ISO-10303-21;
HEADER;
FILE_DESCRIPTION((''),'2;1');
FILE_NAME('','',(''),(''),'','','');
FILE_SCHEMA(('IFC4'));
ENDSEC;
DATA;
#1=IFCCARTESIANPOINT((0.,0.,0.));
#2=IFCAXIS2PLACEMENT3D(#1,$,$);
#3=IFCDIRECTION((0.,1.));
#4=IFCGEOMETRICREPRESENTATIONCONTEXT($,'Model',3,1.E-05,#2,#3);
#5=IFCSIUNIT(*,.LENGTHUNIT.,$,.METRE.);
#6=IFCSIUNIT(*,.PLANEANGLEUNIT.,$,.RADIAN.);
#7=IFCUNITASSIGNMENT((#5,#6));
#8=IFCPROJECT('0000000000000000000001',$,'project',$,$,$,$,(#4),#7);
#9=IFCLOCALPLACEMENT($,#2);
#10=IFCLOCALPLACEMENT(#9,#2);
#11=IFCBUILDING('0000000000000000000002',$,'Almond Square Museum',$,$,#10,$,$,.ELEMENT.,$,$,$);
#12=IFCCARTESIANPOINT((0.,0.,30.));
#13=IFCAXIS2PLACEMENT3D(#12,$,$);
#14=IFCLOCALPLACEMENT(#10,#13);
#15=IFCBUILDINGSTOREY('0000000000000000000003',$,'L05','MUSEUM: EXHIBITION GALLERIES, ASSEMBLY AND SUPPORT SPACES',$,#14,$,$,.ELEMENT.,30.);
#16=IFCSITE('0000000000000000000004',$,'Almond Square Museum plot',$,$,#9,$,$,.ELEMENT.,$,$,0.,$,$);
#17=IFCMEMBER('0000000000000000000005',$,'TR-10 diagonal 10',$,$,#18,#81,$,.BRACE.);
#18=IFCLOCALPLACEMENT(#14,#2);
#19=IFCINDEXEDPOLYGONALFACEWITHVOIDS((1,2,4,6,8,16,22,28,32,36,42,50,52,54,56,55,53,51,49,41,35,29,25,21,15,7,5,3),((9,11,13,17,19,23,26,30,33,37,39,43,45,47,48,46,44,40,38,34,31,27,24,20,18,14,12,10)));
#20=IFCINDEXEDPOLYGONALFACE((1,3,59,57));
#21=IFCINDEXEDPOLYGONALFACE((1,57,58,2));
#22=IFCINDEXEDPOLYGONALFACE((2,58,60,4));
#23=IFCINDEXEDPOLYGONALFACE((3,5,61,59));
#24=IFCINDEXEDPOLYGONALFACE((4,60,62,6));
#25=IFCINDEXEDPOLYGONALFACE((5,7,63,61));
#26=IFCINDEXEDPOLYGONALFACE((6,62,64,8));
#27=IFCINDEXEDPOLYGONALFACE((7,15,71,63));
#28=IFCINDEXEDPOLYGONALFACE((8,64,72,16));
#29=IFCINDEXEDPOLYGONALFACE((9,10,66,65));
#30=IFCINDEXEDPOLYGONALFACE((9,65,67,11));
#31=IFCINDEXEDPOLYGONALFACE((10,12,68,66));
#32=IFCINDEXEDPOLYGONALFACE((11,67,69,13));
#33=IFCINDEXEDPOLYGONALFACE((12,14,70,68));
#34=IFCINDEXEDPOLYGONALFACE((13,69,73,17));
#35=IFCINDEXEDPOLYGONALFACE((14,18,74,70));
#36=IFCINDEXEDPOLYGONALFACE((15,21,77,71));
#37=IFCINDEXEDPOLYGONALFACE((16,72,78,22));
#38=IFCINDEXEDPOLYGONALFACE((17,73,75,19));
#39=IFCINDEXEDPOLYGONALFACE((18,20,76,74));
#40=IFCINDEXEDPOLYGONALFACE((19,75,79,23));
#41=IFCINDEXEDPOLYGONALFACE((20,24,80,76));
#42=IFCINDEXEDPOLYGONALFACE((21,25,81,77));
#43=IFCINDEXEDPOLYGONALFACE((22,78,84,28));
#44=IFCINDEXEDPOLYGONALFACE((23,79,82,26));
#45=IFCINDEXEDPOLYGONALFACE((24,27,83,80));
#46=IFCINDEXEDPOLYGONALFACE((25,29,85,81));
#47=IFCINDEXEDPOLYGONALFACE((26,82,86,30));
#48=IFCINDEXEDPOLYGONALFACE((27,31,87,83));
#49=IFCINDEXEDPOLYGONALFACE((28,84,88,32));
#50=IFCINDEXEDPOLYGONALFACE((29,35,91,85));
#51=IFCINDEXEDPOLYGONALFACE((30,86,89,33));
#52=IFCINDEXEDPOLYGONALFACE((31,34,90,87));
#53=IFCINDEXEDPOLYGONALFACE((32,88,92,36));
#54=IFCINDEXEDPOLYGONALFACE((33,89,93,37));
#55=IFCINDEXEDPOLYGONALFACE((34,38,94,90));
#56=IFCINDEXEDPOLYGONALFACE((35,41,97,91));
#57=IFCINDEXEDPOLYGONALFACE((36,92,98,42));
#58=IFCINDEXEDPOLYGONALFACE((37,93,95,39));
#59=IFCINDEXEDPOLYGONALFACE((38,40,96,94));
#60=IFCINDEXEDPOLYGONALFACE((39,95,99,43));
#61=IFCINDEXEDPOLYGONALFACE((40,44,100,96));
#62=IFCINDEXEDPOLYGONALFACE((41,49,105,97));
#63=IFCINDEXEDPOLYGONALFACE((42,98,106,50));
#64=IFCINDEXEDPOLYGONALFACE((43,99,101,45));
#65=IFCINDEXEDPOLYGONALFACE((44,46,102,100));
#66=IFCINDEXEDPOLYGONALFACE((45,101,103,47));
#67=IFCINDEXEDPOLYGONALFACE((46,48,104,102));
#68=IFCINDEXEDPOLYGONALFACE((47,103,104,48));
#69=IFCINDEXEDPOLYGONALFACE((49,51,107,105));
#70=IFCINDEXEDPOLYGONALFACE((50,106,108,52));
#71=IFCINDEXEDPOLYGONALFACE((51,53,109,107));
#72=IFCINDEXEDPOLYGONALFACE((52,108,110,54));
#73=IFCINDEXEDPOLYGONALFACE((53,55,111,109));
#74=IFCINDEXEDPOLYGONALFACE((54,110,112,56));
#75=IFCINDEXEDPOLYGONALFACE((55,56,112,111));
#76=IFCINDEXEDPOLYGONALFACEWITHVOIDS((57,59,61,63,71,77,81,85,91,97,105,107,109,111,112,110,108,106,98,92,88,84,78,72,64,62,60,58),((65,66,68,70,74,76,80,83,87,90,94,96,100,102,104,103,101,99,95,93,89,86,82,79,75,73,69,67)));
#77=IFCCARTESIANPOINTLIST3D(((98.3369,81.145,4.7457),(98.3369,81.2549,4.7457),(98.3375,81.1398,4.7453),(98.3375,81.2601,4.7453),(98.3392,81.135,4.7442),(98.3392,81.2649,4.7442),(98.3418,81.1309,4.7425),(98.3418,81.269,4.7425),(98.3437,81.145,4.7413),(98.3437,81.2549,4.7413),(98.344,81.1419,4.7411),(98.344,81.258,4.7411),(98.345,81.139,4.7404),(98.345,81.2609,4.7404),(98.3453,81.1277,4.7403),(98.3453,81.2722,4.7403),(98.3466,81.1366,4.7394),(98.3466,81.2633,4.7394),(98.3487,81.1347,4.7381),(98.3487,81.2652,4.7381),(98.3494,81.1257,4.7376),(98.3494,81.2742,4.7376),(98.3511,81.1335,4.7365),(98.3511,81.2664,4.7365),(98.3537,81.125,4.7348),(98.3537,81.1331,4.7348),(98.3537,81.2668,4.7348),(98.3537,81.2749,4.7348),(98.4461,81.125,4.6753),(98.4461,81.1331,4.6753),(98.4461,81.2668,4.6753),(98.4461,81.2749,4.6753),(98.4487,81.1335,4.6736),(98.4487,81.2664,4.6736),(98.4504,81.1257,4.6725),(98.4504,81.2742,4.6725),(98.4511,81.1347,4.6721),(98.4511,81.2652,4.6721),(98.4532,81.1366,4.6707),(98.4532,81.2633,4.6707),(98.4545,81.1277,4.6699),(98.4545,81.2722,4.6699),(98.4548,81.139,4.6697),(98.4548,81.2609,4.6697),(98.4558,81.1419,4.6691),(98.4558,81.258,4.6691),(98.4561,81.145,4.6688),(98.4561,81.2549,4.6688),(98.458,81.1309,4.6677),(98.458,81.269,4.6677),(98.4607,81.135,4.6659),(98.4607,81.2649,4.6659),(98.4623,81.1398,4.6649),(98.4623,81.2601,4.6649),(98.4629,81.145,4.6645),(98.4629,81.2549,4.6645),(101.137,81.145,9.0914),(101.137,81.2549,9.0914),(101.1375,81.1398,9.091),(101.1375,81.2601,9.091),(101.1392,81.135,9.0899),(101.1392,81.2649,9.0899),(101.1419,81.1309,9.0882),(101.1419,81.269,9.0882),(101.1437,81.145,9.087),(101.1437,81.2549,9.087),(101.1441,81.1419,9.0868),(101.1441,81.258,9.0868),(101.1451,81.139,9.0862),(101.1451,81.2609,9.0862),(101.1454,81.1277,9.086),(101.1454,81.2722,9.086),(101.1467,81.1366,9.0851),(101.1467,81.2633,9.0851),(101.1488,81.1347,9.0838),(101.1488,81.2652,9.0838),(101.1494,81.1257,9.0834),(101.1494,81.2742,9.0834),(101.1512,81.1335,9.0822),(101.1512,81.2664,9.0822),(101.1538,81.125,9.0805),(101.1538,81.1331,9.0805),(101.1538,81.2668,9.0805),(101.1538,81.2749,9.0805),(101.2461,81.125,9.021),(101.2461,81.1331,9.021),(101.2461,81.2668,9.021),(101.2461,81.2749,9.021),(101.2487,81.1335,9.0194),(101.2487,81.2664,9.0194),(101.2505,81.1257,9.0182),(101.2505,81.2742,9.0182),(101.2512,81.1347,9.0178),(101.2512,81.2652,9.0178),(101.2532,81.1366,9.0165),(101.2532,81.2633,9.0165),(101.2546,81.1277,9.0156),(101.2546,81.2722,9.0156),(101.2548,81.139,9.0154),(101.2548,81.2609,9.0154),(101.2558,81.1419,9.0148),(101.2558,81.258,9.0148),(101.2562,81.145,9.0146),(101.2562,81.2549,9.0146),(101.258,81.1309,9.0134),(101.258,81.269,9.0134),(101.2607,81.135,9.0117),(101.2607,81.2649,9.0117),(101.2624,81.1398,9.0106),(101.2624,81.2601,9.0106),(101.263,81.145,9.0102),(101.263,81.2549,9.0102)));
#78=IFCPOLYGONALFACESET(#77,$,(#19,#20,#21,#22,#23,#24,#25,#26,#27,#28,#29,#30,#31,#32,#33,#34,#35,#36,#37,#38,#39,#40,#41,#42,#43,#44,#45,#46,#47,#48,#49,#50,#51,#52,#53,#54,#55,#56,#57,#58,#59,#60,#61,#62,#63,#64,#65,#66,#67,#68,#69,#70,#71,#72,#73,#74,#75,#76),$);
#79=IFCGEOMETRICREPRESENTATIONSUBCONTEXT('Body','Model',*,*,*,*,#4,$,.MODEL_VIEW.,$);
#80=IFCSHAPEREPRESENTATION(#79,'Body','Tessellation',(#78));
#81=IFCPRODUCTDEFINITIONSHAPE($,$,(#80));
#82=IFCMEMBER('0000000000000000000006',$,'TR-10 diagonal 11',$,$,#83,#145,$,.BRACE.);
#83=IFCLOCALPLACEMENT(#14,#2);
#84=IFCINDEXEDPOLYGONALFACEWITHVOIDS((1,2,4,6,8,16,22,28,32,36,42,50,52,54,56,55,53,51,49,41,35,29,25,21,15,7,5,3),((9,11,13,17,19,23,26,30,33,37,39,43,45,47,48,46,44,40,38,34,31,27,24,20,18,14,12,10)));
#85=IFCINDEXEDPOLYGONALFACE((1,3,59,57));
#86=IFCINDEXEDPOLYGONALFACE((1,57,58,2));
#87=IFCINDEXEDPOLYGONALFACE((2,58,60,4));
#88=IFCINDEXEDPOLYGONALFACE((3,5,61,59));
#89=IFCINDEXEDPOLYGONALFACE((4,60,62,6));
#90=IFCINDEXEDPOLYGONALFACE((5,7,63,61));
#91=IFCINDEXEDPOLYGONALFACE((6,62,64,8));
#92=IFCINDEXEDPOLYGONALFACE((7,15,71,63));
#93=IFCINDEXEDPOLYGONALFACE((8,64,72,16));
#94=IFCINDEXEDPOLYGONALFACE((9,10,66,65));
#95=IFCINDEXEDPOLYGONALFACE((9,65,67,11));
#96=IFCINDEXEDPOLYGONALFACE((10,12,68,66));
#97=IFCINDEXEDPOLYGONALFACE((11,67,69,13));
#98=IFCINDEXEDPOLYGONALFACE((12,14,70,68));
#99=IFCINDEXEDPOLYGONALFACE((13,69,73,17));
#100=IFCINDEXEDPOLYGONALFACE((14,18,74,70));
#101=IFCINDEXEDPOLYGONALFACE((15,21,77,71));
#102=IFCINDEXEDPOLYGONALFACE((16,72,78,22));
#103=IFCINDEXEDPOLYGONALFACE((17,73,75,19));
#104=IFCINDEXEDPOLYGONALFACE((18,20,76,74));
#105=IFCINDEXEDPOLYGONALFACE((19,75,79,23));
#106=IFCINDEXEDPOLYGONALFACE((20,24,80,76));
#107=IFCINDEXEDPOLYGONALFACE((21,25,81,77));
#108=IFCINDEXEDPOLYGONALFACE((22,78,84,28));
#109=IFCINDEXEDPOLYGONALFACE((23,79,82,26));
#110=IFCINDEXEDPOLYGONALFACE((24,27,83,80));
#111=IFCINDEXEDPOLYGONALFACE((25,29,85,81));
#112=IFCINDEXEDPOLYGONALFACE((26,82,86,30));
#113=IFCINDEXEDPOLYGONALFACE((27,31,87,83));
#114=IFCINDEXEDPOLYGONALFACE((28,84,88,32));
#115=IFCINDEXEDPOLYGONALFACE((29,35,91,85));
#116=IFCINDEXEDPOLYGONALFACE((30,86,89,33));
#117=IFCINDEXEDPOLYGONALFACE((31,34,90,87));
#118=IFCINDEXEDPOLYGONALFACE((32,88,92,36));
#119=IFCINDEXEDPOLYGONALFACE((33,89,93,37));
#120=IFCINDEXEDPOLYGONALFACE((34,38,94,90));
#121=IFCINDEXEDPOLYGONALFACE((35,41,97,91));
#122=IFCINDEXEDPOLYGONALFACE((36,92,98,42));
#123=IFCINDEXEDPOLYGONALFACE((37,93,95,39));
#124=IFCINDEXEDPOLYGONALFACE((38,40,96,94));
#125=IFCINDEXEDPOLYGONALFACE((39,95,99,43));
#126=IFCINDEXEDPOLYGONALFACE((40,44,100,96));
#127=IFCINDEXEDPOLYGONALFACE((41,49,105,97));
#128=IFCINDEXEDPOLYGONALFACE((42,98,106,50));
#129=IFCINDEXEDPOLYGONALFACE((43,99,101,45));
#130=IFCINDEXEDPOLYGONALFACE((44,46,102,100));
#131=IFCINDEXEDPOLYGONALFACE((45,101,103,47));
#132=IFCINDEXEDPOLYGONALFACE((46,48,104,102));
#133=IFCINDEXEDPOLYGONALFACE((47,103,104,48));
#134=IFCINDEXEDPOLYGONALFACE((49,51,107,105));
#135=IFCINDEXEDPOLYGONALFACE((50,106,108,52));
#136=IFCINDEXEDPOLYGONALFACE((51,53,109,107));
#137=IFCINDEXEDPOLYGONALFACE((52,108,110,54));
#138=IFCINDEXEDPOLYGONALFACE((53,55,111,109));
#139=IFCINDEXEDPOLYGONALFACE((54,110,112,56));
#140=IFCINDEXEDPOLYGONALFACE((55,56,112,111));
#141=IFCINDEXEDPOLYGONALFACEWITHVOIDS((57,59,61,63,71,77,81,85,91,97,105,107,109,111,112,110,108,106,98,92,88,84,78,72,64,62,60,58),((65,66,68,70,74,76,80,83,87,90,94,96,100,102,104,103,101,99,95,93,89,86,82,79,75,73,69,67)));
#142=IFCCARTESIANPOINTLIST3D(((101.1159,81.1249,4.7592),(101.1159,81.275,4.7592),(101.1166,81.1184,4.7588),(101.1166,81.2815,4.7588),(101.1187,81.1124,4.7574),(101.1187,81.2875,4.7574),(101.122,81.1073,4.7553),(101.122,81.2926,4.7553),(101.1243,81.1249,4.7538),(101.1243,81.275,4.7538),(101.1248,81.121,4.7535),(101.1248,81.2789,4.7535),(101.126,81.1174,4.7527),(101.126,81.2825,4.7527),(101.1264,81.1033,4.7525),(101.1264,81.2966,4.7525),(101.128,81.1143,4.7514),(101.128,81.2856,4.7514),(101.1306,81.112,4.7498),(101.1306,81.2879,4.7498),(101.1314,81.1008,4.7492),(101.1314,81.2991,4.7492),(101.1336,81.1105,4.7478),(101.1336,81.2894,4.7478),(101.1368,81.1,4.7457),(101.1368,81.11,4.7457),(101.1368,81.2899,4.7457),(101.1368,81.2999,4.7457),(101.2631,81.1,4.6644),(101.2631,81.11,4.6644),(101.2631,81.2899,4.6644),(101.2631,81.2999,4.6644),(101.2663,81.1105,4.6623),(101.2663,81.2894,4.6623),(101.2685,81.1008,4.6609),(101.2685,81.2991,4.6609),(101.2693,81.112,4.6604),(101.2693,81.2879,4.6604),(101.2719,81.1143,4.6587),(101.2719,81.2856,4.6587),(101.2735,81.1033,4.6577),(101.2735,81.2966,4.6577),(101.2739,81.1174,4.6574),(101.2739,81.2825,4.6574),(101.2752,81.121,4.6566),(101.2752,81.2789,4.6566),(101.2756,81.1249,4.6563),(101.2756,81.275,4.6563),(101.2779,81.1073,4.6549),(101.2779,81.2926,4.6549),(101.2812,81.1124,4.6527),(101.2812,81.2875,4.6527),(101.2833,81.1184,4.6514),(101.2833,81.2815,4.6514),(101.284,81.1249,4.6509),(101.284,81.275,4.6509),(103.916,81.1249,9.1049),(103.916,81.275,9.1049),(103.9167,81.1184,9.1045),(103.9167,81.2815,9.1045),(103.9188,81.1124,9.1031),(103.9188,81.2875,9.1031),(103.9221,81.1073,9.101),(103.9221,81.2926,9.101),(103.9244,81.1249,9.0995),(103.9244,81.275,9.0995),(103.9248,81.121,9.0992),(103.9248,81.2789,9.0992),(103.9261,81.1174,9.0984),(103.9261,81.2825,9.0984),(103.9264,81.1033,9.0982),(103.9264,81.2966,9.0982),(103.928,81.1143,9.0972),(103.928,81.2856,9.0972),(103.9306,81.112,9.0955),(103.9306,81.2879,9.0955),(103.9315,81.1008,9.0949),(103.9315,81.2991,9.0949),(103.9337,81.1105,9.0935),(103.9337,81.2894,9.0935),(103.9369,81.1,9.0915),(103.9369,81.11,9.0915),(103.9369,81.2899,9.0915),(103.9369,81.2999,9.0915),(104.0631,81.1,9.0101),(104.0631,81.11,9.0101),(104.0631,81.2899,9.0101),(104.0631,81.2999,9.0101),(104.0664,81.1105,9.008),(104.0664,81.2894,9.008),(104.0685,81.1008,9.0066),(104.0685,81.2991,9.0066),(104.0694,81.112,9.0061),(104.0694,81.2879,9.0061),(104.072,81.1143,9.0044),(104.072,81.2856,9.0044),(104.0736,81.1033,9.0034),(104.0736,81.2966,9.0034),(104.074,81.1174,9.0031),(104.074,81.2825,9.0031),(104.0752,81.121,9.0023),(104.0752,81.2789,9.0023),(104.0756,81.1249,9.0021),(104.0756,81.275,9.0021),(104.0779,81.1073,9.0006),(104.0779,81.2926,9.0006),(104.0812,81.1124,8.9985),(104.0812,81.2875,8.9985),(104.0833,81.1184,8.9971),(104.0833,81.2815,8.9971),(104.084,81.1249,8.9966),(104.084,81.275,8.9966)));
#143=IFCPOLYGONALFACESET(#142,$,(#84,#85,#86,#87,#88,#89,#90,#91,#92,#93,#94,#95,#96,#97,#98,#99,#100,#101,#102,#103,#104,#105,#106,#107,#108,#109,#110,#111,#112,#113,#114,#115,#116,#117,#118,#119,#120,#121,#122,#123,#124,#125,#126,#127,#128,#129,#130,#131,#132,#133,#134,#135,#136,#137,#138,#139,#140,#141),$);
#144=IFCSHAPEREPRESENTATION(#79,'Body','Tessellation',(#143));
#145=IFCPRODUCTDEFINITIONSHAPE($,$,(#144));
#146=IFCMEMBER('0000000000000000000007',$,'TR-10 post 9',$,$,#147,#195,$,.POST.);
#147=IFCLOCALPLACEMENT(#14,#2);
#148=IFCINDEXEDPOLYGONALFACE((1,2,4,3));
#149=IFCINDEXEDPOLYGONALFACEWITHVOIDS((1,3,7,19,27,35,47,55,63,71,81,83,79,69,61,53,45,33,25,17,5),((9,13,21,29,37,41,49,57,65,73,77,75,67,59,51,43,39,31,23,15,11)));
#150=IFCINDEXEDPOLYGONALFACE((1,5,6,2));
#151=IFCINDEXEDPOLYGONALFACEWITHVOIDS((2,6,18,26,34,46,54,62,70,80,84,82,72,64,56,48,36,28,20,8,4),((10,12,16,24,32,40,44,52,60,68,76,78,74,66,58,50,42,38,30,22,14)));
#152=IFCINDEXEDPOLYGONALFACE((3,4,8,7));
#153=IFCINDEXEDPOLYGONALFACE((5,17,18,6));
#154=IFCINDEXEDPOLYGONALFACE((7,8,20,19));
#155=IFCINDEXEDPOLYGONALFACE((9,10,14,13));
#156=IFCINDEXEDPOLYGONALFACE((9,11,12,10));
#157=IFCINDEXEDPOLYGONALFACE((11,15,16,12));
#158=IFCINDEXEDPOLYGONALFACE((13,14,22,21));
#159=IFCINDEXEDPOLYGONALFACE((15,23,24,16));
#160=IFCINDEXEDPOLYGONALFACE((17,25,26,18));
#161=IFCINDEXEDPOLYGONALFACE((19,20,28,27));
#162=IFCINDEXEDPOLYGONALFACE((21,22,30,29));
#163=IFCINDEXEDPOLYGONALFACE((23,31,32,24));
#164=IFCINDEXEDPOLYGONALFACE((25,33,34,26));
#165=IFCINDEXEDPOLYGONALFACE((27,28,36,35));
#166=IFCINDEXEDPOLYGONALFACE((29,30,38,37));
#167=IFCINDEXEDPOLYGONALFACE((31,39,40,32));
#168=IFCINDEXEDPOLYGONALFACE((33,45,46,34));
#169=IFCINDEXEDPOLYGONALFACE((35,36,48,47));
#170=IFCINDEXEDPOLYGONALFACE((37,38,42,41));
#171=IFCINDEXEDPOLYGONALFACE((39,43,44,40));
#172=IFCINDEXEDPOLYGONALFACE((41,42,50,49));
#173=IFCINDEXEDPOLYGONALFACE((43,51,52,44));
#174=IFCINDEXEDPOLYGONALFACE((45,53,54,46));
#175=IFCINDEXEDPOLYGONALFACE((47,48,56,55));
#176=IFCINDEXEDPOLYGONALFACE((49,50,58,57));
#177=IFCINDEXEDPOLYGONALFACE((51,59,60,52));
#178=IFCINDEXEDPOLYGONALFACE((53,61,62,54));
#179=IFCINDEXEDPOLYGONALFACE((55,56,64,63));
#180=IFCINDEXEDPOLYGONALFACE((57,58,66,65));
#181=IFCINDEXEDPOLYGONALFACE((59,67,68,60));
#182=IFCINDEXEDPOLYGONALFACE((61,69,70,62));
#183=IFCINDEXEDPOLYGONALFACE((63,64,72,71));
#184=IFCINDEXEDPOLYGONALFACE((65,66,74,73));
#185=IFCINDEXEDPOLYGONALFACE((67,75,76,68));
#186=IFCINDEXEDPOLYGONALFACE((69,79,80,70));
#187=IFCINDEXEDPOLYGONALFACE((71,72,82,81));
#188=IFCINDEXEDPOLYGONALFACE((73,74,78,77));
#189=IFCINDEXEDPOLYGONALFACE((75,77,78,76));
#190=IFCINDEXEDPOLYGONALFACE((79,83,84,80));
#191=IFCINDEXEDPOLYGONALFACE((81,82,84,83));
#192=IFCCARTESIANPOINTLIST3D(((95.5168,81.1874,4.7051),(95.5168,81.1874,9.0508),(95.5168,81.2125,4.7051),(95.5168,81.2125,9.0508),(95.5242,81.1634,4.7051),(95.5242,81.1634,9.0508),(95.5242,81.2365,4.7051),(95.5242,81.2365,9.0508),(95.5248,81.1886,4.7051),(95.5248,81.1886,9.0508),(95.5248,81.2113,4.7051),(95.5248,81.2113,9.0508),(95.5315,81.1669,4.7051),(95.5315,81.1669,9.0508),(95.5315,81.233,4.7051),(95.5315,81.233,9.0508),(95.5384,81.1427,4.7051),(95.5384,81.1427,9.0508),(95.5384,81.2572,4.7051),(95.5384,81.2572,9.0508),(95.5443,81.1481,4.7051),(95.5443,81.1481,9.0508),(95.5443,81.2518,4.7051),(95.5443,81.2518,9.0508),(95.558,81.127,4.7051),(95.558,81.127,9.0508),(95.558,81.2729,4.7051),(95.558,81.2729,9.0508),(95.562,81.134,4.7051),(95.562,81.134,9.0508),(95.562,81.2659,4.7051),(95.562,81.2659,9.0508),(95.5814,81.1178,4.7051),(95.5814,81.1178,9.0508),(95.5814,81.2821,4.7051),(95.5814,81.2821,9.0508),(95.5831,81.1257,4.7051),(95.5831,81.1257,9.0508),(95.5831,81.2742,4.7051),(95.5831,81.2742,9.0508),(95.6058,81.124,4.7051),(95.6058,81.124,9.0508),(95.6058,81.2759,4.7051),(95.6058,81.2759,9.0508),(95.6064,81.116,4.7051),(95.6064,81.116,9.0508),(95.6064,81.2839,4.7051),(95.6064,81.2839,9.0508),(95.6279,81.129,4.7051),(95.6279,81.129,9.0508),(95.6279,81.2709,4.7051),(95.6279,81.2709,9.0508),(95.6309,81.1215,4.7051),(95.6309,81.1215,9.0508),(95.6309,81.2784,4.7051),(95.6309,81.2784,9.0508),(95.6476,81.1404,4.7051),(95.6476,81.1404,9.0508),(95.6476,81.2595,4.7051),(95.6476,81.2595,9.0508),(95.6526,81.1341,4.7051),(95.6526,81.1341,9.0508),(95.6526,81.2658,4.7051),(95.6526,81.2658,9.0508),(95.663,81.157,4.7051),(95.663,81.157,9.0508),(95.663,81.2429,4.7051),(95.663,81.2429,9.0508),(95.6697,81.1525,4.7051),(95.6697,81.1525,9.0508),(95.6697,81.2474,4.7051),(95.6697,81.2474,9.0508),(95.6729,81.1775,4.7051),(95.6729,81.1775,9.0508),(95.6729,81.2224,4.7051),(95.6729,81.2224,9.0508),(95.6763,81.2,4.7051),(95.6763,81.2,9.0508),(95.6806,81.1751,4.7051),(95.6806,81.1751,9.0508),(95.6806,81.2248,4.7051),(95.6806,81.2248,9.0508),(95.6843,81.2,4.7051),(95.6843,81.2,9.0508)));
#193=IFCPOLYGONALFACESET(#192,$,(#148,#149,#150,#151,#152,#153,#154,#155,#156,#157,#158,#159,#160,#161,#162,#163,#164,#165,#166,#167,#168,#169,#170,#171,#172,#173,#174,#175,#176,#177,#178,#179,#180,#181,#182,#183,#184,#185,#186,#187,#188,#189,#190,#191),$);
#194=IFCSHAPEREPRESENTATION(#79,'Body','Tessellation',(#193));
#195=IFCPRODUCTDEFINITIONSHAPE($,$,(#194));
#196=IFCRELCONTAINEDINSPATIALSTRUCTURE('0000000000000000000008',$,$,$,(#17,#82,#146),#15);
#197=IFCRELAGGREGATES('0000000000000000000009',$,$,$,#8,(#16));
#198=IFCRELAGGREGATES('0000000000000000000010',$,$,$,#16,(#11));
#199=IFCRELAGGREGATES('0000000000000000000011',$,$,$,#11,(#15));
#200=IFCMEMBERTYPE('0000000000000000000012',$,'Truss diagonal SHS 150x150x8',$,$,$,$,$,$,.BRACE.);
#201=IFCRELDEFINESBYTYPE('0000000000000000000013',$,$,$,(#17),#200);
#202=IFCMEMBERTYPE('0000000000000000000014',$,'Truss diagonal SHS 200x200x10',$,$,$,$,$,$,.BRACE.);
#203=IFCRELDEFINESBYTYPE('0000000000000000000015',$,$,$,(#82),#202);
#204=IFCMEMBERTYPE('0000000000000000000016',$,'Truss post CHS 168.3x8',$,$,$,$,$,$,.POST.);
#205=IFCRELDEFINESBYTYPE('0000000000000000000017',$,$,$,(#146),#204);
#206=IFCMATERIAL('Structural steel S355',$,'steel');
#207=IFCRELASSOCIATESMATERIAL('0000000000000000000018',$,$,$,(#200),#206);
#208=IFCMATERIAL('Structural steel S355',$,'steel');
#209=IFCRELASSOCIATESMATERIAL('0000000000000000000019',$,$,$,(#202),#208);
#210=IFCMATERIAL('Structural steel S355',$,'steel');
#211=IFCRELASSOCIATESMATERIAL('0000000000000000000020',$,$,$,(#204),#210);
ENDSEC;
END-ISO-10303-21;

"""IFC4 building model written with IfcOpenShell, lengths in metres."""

from ifc_helpers import new_model, si_unit, direction, frame, origin, origin_2d, place, context, subcontext, project, spatial, hollow_rectangle, hollow_circle, extrude, material, material_profile, profile_set, type_object, element, save


model = new_model("IFC4")

# Units and contexts
model_context = context("Model", 3, precision=1e-05, world=origin(), true_north=direction((0.0, 1.0)))
body_context = subcontext(model_context, "Body", "Model", "MODEL_VIEW")
ifc_project = project(units=[si_unit("LENGTHUNIT", "METRE"), si_unit("PLANEANGLEUNIT", "RADIAN")], contexts=[model_context])

# Site, building, storey
site_placement = place(None, origin())
site = spatial("IfcSite", under=ifc_project, at=site_placement, Name="Almond Square Museum plot", CompositionType="ELEMENT", RefElevation=0.0)
building_placement = place(site_placement, origin())
building = spatial("IfcBuilding", under=site, at=building_placement, Name="Almond Square Museum", CompositionType="ELEMENT")
storey_placement = place(building_placement, frame((0.0, 0.0, 30.0)))
storey = spatial("IfcBuildingStorey", under=building, at=storey_placement, Name="L05", Description="MUSEUM: EXHIBITION GALLERIES, ASSEMBLY AND SUPPORT SPACES", CompositionType="ELEMENT", Elevation=30.0)

# Members
ifc_material_1 = material(Name="Structural steel S355", Category="steel")
ifc_material_profile_1 = material_profile(ifc_material_1, hollow_rectangle(XDim=0.1499, YDim=0.1499, WallThickness=0.0081, InnerFilletRadius=0.012, OuterFilletRadius=0.02, at=origin_2d()))
ifc_profile_set_1 = profile_set([ifc_material_profile_1], Name="Structural steel S355")
member_type_1 = type_object("IfcMemberType", Name="Truss diagonal SHS 150x150x8", PredefinedType="BRACE", material=ifc_profile_set_1)
member_1_placement = place(storey_placement, frame((98.3999, 81.2, 4.7051), z_axis=(0.541631, 0.0, 0.840616), x_axis=(0.0, 1.0, 0.0)))
element("IfcMember", 1, at=member_1_placement, inside=storey, type_object=member_type_1, Name="TR-10 diagonal 10", PredefinedType="BRACE", context=body_context, shape_type="SweptSolid", body=[
    extrude(hollow_rectangle(XDim=0.1499, YDim=0.1499, WallThickness=0.0081, InnerFilletRadius=0.012, OuterFilletRadius=0.02, at=origin_2d()), origin(), (0.0, 0.0, 1.0), 5.1697),
])
ifc_material_2 = material(Name="Structural steel S355", Category="steel")
ifc_material_profile_2 = material_profile(ifc_material_2, hollow_rectangle(XDim=0.2, YDim=0.2, WallThickness=0.01, InnerFilletRadius=0.0149, OuterFilletRadius=0.0249, at=origin_2d()))
ifc_profile_set_2 = profile_set([ifc_material_profile_2], Name="Structural steel S355")
member_type_2 = type_object("IfcMemberType", Name="Truss diagonal SHS 200x200x10", PredefinedType="BRACE", material=ifc_profile_set_2)
member_2_placement = place(storey_placement, frame((101.2, 81.2, 4.7051), z_axis=(0.541631, 0.0, 0.840616), x_axis=(0.0, 1.0, 0.0)))
element("IfcMember", 2, at=member_2_placement, inside=storey, type_object=member_type_2, Name="TR-10 diagonal 11", PredefinedType="BRACE", context=body_context, shape_type="SweptSolid", body=[
    extrude(hollow_rectangle(XDim=0.2, YDim=0.2, WallThickness=0.01, InnerFilletRadius=0.0149, OuterFilletRadius=0.0249, at=origin_2d()), origin(), (0.0, 0.0, 1.0), 5.1697),
])
ifc_material_3 = material(Name="Structural steel S355", Category="steel")
ifc_material_profile_3 = material_profile(ifc_material_3, hollow_circle(Radius=0.0842, WallThickness=0.0081, at=origin_2d()))
ifc_profile_set_3 = profile_set([ifc_material_profile_3], Name="Structural steel S355")
member_type_3 = type_object("IfcMemberType", Name="Truss post CHS 168.3x8", PredefinedType="POST", material=ifc_profile_set_3)
for number, where, z_axis, x_axis, name in (
    (3, (95.6001, 81.2, 4.7051), (0.0, 0.0, 1.0), (1.0, 0.0, 0.0), "TR-10 post 9"),
):
    element("IfcMember", number, at=place(storey_placement, frame(where, z_axis=z_axis, x_axis=x_axis)), inside=storey, type_object=member_type_3, Name=name, PredefinedType="POST", context=body_context, shape_type="SweptSolid", body=[
        extrude(hollow_circle(Radius=0.0842, WallThickness=0.0081, at=origin_2d()), origin(), (0.0, 0.0, 1.0), 4.3457),
    ])

save(model, "model.ifc")
